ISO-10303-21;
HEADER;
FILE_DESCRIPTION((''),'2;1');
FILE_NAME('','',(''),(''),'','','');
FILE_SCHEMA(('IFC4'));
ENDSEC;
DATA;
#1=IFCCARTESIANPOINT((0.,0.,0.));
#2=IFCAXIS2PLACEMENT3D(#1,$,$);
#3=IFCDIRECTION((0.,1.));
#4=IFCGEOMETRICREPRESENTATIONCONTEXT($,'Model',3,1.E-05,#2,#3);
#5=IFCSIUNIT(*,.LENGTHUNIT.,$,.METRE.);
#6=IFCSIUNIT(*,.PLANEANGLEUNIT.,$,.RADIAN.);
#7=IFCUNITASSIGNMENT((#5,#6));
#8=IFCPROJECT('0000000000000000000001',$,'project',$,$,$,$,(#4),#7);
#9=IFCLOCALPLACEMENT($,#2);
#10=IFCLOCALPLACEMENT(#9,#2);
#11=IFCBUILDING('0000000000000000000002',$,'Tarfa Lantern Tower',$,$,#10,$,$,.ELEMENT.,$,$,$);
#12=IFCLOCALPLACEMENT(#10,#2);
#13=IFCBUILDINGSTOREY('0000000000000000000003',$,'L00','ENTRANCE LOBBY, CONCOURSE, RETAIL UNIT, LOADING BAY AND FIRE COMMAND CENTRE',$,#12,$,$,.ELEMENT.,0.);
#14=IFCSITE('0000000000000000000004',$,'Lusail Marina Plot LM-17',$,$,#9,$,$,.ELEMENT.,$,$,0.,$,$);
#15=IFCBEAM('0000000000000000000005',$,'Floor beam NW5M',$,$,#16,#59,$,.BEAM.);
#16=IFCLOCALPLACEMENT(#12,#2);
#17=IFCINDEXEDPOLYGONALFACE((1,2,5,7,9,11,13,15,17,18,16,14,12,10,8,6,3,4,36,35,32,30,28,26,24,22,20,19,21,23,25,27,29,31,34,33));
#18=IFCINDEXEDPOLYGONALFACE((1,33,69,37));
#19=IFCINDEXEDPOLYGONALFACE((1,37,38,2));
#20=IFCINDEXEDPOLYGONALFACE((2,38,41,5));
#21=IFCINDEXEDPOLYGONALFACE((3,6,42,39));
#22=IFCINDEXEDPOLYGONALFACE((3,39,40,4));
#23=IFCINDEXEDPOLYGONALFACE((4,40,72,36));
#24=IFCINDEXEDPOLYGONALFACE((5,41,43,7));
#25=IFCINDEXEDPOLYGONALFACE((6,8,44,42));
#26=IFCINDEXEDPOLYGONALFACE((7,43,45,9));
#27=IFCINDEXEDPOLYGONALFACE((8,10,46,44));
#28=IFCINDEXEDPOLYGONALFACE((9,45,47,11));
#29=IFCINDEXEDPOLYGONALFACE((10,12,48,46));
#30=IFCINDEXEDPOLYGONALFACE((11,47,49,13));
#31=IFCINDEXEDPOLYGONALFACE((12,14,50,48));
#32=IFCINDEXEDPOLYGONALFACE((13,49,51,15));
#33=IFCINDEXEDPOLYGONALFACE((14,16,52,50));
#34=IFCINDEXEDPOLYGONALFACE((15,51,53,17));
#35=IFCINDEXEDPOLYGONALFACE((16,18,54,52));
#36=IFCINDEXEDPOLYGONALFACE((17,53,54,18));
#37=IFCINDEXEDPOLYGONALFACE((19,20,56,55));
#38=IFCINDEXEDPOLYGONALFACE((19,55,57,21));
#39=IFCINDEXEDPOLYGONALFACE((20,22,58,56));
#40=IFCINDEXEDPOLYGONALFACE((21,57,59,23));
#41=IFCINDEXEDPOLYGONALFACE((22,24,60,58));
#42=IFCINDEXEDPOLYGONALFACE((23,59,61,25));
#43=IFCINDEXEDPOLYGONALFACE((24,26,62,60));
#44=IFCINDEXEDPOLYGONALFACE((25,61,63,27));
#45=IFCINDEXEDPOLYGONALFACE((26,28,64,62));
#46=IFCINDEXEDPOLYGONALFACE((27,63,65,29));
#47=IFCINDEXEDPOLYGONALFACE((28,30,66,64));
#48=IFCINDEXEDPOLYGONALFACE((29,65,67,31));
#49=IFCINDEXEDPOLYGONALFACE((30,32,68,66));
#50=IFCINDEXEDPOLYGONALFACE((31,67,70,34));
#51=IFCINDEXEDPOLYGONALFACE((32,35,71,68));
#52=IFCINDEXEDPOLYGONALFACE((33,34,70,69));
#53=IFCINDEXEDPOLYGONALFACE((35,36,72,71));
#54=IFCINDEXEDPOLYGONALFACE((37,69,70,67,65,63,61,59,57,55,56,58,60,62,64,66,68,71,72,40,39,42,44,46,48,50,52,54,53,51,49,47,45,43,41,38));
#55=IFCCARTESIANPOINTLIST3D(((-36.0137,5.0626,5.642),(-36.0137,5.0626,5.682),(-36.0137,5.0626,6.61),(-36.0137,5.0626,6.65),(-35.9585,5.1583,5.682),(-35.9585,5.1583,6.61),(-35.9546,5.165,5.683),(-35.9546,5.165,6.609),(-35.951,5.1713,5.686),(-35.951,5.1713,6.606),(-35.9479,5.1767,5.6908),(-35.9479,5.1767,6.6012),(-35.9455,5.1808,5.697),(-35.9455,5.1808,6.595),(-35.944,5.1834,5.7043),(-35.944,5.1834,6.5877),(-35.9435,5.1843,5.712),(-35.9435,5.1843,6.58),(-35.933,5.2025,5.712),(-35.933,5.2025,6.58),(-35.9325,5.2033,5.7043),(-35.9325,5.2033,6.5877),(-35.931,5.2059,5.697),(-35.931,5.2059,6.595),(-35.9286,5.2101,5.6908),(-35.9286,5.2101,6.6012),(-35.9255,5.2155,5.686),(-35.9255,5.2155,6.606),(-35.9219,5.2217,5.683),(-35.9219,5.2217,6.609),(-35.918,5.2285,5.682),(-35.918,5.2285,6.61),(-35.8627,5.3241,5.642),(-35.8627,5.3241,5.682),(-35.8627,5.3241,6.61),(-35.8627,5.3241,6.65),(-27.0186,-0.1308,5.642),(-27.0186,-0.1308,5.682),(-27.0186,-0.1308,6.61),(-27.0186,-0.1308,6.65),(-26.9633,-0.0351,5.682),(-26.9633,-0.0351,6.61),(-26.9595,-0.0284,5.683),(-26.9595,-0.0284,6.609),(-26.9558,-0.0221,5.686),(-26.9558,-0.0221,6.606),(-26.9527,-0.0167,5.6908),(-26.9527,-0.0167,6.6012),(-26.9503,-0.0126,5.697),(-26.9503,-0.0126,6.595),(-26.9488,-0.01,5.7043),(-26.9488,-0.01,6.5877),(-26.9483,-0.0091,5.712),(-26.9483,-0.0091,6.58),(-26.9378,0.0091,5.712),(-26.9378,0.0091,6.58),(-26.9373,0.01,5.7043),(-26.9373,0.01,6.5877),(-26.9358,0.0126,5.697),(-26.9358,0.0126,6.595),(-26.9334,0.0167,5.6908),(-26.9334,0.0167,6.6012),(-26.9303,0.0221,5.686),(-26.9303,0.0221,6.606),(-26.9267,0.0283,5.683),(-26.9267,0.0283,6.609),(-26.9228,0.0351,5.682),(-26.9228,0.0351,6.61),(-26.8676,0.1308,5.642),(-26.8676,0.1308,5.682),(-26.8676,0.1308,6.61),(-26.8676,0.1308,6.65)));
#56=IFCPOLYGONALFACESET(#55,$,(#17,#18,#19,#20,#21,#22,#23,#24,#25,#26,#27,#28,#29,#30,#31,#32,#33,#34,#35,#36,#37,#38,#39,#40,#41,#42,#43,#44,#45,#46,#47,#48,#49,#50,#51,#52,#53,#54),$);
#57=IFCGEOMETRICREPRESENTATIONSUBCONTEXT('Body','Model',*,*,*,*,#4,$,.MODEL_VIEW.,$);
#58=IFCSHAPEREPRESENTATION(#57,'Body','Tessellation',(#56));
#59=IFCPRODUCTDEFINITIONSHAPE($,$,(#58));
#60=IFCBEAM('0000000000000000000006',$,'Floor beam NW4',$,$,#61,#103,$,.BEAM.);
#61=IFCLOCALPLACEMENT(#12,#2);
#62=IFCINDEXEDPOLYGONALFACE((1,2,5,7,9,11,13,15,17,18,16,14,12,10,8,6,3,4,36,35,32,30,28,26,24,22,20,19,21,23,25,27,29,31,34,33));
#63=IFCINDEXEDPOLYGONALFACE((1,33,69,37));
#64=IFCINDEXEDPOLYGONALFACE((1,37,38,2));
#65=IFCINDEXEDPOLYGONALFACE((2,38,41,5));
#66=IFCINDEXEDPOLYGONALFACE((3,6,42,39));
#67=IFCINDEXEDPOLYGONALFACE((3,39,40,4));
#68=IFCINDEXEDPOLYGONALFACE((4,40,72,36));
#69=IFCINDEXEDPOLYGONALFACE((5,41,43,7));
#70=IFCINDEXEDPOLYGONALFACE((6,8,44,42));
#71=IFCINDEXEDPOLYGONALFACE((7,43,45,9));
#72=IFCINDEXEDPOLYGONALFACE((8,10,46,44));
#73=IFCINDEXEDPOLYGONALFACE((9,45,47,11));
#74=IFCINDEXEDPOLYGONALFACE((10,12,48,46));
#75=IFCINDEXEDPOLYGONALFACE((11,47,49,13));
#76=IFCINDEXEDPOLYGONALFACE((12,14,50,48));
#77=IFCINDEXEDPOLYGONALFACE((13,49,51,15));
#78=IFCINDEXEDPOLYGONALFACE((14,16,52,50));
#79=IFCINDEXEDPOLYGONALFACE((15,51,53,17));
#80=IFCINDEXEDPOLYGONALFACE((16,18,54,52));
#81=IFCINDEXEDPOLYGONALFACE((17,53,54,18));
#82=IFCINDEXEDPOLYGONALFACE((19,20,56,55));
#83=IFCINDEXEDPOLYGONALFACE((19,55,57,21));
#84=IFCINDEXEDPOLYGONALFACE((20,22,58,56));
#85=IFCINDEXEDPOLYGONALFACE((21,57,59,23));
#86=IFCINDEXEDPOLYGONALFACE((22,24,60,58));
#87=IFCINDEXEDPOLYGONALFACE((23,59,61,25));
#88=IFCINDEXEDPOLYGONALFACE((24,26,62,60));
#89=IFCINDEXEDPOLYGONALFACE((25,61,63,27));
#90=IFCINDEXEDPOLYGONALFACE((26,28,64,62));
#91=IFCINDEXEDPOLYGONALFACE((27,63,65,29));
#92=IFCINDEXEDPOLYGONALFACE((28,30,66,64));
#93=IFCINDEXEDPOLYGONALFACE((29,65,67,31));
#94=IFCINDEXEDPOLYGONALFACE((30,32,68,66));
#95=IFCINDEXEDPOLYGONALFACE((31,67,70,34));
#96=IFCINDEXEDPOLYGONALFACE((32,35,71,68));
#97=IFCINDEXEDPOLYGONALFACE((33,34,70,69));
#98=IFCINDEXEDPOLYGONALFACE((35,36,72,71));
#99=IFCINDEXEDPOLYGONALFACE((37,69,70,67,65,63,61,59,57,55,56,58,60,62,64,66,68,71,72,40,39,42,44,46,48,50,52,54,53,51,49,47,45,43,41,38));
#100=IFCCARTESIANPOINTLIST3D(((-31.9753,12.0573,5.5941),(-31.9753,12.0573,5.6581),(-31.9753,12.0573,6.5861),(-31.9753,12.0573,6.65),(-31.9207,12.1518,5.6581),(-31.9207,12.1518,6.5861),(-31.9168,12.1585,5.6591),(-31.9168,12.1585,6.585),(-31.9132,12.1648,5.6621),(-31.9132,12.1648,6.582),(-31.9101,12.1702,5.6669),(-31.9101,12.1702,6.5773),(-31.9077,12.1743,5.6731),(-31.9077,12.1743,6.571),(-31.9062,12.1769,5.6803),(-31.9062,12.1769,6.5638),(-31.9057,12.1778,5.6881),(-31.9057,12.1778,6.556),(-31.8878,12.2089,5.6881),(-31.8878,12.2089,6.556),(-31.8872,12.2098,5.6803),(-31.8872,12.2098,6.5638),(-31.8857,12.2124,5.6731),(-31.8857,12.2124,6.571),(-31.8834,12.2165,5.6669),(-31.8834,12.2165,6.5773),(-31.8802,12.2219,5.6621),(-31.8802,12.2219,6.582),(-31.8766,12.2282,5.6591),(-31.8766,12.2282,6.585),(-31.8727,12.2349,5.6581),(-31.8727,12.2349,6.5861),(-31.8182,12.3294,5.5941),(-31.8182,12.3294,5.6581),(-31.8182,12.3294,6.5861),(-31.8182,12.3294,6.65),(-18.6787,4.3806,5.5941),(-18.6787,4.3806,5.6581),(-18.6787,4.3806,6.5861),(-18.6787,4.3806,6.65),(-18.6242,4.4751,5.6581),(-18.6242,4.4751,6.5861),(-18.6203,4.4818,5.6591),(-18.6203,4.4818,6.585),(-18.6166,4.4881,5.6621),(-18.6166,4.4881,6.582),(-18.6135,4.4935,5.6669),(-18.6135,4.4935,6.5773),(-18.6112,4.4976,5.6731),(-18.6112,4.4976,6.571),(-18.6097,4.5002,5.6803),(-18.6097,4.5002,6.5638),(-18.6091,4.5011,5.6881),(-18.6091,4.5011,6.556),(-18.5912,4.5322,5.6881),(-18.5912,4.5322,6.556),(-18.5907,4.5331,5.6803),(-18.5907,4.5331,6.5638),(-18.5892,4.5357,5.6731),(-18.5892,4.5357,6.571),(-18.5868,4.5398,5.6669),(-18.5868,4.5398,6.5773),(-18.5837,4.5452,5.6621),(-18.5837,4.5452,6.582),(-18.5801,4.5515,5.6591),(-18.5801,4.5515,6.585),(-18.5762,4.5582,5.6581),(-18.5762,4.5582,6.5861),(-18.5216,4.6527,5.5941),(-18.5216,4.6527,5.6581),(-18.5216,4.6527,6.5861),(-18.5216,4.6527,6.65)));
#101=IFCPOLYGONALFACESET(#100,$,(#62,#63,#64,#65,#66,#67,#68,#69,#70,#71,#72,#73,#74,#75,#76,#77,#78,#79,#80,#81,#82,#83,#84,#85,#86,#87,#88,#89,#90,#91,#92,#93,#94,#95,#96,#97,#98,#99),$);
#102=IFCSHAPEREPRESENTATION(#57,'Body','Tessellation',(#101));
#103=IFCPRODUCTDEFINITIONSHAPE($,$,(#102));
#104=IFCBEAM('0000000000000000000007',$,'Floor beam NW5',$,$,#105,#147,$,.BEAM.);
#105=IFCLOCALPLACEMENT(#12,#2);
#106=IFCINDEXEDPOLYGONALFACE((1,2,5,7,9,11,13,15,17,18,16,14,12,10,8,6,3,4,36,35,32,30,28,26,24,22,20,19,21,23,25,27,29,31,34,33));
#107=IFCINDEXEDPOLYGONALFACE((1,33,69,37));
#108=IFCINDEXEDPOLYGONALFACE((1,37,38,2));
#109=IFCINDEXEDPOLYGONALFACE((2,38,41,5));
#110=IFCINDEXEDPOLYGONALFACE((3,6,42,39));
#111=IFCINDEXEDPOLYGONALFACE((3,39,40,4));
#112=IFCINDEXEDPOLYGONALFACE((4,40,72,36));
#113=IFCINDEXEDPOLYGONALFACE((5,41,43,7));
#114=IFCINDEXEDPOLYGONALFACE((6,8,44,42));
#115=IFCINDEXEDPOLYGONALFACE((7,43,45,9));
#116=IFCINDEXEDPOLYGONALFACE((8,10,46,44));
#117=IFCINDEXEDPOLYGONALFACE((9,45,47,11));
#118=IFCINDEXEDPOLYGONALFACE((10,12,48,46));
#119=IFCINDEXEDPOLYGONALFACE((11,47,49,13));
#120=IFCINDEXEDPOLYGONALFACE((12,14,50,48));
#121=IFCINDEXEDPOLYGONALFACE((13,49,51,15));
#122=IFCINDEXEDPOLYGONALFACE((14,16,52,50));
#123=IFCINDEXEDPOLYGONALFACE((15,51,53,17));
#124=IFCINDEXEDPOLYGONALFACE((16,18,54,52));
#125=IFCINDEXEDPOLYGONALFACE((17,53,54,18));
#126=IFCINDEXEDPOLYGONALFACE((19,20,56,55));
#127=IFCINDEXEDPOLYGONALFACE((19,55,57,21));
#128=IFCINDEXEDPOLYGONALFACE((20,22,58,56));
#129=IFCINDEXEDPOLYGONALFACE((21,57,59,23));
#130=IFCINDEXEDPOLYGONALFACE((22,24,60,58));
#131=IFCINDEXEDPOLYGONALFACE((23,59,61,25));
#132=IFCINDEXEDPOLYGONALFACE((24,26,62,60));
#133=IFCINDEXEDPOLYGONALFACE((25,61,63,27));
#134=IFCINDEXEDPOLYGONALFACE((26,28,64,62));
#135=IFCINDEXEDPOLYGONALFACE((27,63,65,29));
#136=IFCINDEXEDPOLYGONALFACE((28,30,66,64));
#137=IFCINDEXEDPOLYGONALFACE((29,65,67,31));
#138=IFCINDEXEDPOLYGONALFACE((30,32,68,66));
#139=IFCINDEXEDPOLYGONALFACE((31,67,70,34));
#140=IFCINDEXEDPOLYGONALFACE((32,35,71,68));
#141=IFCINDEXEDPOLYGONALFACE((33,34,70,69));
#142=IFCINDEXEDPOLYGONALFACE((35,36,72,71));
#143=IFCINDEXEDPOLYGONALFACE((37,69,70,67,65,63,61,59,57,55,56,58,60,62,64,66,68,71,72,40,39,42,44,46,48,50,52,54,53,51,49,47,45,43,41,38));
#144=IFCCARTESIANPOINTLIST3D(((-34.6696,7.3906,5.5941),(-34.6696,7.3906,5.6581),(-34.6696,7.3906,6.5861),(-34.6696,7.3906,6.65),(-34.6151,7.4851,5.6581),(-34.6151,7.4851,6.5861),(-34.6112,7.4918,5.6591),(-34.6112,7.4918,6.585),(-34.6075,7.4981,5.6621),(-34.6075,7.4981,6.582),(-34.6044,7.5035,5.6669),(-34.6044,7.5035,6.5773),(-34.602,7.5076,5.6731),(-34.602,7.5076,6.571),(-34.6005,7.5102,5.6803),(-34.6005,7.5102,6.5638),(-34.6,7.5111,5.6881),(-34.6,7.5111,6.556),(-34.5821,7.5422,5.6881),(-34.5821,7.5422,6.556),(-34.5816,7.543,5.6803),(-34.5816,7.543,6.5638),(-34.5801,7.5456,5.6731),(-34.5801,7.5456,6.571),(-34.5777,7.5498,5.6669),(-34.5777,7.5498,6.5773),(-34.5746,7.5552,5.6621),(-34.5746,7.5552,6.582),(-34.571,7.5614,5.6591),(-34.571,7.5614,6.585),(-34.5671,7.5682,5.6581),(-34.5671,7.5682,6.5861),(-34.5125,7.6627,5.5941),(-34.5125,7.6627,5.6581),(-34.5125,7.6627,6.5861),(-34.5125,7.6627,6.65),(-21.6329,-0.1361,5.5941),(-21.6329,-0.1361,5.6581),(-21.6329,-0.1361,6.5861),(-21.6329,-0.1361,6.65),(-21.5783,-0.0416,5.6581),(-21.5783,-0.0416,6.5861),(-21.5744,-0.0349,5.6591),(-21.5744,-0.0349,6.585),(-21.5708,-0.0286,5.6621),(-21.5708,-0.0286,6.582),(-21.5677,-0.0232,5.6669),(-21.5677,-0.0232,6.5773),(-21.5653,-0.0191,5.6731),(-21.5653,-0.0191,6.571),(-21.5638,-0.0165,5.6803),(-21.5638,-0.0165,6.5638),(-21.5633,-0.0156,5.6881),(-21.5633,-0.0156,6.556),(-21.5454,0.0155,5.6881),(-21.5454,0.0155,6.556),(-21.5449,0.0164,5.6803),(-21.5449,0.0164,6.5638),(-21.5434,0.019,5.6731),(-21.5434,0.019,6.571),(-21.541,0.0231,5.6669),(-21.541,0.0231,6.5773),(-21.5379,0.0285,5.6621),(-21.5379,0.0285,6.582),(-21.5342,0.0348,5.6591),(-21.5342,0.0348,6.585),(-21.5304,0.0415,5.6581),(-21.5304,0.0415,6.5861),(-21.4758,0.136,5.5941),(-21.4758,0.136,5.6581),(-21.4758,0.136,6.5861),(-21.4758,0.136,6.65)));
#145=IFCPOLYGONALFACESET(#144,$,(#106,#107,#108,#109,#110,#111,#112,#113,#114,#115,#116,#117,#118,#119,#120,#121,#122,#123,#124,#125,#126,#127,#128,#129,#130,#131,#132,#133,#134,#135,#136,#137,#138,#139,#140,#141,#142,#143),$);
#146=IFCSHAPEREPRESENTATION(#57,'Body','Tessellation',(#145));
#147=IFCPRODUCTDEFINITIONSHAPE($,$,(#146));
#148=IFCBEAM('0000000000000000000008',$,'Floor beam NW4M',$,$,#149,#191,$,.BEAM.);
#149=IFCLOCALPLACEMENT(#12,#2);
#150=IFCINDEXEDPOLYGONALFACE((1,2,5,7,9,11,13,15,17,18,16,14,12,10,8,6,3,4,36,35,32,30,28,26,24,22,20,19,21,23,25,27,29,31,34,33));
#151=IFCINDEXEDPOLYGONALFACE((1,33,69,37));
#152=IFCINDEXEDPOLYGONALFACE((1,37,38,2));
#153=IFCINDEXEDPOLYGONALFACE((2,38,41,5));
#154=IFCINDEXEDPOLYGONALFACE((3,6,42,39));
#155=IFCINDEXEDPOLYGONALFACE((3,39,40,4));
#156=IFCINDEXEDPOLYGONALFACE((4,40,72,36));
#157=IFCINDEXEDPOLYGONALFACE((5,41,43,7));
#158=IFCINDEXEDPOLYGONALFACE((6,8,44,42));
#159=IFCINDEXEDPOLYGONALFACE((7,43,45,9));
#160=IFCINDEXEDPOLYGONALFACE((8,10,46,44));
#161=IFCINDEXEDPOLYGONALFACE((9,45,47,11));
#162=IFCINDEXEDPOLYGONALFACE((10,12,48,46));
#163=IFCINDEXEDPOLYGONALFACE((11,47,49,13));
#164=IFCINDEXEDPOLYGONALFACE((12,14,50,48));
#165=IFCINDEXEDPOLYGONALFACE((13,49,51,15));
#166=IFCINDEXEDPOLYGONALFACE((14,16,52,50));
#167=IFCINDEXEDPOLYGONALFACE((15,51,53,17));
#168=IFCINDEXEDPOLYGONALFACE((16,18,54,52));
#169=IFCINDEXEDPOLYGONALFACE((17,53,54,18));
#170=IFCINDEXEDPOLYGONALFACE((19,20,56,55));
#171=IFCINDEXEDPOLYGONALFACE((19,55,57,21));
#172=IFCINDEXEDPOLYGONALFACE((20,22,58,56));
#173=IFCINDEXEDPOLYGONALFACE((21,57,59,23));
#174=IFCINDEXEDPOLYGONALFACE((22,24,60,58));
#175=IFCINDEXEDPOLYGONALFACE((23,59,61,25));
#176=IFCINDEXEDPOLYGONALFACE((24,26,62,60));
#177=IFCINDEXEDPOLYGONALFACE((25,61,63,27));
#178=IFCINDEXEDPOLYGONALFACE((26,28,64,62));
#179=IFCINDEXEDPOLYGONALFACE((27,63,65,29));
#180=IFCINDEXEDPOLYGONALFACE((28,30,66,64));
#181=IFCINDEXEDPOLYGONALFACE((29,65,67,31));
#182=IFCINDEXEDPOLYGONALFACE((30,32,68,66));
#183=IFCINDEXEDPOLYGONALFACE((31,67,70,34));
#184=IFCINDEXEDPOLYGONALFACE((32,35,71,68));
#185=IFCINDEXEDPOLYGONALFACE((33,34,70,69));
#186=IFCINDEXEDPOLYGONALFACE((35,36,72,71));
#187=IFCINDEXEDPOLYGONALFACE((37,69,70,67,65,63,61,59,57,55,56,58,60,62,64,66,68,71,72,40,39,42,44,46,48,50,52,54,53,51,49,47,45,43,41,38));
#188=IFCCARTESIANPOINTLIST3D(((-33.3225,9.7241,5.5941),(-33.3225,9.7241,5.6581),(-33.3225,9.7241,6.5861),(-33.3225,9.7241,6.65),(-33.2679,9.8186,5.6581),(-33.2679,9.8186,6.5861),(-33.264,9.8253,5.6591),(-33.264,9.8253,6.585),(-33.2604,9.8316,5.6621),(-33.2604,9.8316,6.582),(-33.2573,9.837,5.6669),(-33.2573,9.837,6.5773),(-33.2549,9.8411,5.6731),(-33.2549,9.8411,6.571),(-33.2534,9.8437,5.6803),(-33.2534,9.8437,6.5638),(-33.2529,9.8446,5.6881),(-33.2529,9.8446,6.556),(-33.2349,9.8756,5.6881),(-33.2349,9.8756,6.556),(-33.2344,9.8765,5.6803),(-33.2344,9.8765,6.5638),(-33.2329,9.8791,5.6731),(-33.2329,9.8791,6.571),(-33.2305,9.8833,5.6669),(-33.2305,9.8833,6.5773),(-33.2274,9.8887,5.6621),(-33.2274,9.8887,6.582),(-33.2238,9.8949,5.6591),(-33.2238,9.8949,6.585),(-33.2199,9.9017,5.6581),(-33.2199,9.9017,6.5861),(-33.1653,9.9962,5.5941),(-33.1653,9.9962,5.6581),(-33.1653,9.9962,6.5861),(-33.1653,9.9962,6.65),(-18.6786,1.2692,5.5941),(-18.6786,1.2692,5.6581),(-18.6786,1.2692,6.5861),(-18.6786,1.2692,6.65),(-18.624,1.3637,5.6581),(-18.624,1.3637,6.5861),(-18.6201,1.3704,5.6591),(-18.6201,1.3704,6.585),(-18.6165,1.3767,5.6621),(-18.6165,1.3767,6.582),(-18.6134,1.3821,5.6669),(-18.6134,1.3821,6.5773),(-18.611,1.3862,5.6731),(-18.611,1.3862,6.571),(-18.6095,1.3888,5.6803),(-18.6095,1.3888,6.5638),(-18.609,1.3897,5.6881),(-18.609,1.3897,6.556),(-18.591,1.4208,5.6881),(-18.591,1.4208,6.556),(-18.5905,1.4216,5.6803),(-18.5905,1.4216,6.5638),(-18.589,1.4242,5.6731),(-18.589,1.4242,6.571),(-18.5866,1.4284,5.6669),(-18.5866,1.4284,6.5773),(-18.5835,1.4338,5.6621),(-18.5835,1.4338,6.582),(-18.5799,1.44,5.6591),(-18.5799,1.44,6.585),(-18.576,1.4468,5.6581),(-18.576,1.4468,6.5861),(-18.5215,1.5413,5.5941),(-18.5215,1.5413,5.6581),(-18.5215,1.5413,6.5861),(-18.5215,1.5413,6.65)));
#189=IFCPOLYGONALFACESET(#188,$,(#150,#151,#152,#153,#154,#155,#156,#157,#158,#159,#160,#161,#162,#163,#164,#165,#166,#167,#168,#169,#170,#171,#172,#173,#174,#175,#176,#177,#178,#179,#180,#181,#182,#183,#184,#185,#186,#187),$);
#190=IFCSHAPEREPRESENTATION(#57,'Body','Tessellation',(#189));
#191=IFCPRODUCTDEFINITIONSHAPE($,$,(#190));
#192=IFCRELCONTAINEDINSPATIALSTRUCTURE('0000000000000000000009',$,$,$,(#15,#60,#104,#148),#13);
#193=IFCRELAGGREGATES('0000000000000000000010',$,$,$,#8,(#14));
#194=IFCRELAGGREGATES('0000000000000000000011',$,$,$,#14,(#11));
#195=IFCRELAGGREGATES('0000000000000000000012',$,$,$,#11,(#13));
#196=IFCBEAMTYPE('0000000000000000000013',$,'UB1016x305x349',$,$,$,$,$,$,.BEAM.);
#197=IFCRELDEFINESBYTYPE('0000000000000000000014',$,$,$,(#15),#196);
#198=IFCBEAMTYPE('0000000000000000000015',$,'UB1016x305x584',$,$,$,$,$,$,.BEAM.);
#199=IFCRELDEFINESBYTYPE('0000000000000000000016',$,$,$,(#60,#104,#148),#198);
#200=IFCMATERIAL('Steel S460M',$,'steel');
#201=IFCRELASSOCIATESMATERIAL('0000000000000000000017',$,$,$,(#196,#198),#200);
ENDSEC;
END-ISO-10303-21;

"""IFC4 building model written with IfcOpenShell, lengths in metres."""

from ifc_helpers import new_model, si_unit, direction, frame, origin, origin_2d, place, context, subcontext, project, spatial, i_section, extrude, material, material_profile, profile_set, type_object, element, save


model = new_model("IFC4")

# Units and contexts
model_context = context("Model", 3, precision=1e-05, world=origin(), true_north=direction((0.0, 1.0)))
body_context = subcontext(model_context, "Body", "Model", "MODEL_VIEW")
ifc_project = project(units=[si_unit("LENGTHUNIT", "METRE"), si_unit("PLANEANGLEUNIT", "RADIAN")], contexts=[model_context])

# Site, building, storey
site_placement = place(None, origin())
site = spatial("IfcSite", under=ifc_project, at=site_placement, Name="Lusail Marina Plot LM-17", CompositionType="ELEMENT", RefElevation=0.0)
building_placement = place(site_placement, origin())
building = spatial("IfcBuilding", under=site, at=building_placement, Name="Tarfa Lantern Tower", CompositionType="ELEMENT")
storey_placement = place(building_placement, origin())
storey = spatial("IfcBuildingStorey", under=building, at=storey_placement, Name="L00", Description="ENTRANCE LOBBY, CONCOURSE, RETAIL UNIT, LOADING BAY AND FIRE COMMAND CENTRE", CompositionType="ELEMENT", Elevation=0.0)

# Beams
ifc_material_1 = material(Name="Steel S460M", Category="steel")
ifc_material_profile_1 = material_profile(ifc_material_1, i_section(OverallWidth=0.302, OverallDepth=1.0081, WebThickness=0.021, FlangeThickness=0.04, FilletRadius=0.03, at=origin_2d()), Name="UB1016x305x349")
ifc_profile_set_1 = profile_set([ifc_material_profile_1], Name="Steel S460M")
beam_type_1 = type_object("IfcBeamType", Name="UB1016x305x349", PredefinedType="BEAM", material=ifc_profile_set_1)
beam_1_placement = place(storey_placement, frame((-35.9382, 5.1934, 6.146), z_axis=(0.866024, -0.500002, 0.0), x_axis=(0.500002, 0.866024, 0.0)))
element("IfcBeam", 1, at=beam_1_placement, inside=storey, type_object=beam_type_1, Name="Floor beam NW5M", PredefinedType="BEAM", context=body_context, shape_type="SweptSolid", body=[
    extrude(i_section(OverallWidth=0.302, OverallDepth=1.0081, WebThickness=0.021, FlangeThickness=0.04, FilletRadius=0.03, at=origin_2d()), origin(), (0.0, 0.0, 1.0), 10.3867),
])
ifc_material_profile_2 = material_profile(ifc_material_1, i_section(OverallWidth=0.3142, OverallDepth=1.0559, WebThickness=0.0359, FlangeThickness=0.064, FilletRadius=0.03, at=origin_2d()), Name="UB1016x305x584")
ifc_profile_set_2 = profile_set([ifc_material_profile_2], Name="Steel S460M")
beam_type_2 = type_object("IfcBeamType", Name="UB1016x305x584", PredefinedType="BEAM", material=ifc_profile_set_2)
beam_2_placement = place(storey_placement, frame((-31.8967, 12.1934, 6.1221), z_axis=(0.866027, -0.499997, 0.0), x_axis=(0.499997, 0.866027, 0.0)))
element("IfcBeam", 2, at=beam_2_placement, inside=storey, type_object=beam_type_2, Name="Floor beam NW4", PredefinedType="BEAM", context=body_context, shape_type="SweptSolid", body=[
    extrude(i_section(OverallWidth=0.3142, OverallDepth=1.0559, WebThickness=0.0359, FlangeThickness=0.064, FilletRadius=0.03, at=origin_2d()), origin(), (0.0, 0.0, 1.0), 15.3535),
])
beam_3_placement = place(storey_placement, frame((-34.5911, 7.5266, 6.1221), z_axis=(0.866028, -0.499996, 0.0), x_axis=(0.499996, 0.866028, 0.0)))
element("IfcBeam", 3, at=beam_3_placement, inside=storey, type_object=beam_type_2, Name="Floor beam NW5", PredefinedType="BEAM", context=body_context, shape_type="SweptSolid", body=[
    extrude(i_section(OverallWidth=0.3142, OverallDepth=1.0559, WebThickness=0.0359, FlangeThickness=0.064, FilletRadius=0.03, at=origin_2d()), origin(), (0.0, 0.0, 1.0), 15.0535),
])
beam_4_placement = place(storey_placement, frame((-33.2439, 9.8601, 6.1221), z_axis=(0.866019, -0.50001, 0.0), x_axis=(0.50001, 0.866019, 0.0)))
element("IfcBeam", 4, at=beam_4_placement, inside=storey, type_object=beam_type_2, Name="Floor beam NW4M", PredefinedType="BEAM", context=body_context, shape_type="SweptSolid", body=[
    extrude(i_section(OverallWidth=0.3142, OverallDepth=1.0559, WebThickness=0.0359, FlangeThickness=0.064, FilletRadius=0.03, at=origin_2d()), origin(), (0.0, 0.0, 1.0), 16.9094),
])

save(model, "model.ifc")
